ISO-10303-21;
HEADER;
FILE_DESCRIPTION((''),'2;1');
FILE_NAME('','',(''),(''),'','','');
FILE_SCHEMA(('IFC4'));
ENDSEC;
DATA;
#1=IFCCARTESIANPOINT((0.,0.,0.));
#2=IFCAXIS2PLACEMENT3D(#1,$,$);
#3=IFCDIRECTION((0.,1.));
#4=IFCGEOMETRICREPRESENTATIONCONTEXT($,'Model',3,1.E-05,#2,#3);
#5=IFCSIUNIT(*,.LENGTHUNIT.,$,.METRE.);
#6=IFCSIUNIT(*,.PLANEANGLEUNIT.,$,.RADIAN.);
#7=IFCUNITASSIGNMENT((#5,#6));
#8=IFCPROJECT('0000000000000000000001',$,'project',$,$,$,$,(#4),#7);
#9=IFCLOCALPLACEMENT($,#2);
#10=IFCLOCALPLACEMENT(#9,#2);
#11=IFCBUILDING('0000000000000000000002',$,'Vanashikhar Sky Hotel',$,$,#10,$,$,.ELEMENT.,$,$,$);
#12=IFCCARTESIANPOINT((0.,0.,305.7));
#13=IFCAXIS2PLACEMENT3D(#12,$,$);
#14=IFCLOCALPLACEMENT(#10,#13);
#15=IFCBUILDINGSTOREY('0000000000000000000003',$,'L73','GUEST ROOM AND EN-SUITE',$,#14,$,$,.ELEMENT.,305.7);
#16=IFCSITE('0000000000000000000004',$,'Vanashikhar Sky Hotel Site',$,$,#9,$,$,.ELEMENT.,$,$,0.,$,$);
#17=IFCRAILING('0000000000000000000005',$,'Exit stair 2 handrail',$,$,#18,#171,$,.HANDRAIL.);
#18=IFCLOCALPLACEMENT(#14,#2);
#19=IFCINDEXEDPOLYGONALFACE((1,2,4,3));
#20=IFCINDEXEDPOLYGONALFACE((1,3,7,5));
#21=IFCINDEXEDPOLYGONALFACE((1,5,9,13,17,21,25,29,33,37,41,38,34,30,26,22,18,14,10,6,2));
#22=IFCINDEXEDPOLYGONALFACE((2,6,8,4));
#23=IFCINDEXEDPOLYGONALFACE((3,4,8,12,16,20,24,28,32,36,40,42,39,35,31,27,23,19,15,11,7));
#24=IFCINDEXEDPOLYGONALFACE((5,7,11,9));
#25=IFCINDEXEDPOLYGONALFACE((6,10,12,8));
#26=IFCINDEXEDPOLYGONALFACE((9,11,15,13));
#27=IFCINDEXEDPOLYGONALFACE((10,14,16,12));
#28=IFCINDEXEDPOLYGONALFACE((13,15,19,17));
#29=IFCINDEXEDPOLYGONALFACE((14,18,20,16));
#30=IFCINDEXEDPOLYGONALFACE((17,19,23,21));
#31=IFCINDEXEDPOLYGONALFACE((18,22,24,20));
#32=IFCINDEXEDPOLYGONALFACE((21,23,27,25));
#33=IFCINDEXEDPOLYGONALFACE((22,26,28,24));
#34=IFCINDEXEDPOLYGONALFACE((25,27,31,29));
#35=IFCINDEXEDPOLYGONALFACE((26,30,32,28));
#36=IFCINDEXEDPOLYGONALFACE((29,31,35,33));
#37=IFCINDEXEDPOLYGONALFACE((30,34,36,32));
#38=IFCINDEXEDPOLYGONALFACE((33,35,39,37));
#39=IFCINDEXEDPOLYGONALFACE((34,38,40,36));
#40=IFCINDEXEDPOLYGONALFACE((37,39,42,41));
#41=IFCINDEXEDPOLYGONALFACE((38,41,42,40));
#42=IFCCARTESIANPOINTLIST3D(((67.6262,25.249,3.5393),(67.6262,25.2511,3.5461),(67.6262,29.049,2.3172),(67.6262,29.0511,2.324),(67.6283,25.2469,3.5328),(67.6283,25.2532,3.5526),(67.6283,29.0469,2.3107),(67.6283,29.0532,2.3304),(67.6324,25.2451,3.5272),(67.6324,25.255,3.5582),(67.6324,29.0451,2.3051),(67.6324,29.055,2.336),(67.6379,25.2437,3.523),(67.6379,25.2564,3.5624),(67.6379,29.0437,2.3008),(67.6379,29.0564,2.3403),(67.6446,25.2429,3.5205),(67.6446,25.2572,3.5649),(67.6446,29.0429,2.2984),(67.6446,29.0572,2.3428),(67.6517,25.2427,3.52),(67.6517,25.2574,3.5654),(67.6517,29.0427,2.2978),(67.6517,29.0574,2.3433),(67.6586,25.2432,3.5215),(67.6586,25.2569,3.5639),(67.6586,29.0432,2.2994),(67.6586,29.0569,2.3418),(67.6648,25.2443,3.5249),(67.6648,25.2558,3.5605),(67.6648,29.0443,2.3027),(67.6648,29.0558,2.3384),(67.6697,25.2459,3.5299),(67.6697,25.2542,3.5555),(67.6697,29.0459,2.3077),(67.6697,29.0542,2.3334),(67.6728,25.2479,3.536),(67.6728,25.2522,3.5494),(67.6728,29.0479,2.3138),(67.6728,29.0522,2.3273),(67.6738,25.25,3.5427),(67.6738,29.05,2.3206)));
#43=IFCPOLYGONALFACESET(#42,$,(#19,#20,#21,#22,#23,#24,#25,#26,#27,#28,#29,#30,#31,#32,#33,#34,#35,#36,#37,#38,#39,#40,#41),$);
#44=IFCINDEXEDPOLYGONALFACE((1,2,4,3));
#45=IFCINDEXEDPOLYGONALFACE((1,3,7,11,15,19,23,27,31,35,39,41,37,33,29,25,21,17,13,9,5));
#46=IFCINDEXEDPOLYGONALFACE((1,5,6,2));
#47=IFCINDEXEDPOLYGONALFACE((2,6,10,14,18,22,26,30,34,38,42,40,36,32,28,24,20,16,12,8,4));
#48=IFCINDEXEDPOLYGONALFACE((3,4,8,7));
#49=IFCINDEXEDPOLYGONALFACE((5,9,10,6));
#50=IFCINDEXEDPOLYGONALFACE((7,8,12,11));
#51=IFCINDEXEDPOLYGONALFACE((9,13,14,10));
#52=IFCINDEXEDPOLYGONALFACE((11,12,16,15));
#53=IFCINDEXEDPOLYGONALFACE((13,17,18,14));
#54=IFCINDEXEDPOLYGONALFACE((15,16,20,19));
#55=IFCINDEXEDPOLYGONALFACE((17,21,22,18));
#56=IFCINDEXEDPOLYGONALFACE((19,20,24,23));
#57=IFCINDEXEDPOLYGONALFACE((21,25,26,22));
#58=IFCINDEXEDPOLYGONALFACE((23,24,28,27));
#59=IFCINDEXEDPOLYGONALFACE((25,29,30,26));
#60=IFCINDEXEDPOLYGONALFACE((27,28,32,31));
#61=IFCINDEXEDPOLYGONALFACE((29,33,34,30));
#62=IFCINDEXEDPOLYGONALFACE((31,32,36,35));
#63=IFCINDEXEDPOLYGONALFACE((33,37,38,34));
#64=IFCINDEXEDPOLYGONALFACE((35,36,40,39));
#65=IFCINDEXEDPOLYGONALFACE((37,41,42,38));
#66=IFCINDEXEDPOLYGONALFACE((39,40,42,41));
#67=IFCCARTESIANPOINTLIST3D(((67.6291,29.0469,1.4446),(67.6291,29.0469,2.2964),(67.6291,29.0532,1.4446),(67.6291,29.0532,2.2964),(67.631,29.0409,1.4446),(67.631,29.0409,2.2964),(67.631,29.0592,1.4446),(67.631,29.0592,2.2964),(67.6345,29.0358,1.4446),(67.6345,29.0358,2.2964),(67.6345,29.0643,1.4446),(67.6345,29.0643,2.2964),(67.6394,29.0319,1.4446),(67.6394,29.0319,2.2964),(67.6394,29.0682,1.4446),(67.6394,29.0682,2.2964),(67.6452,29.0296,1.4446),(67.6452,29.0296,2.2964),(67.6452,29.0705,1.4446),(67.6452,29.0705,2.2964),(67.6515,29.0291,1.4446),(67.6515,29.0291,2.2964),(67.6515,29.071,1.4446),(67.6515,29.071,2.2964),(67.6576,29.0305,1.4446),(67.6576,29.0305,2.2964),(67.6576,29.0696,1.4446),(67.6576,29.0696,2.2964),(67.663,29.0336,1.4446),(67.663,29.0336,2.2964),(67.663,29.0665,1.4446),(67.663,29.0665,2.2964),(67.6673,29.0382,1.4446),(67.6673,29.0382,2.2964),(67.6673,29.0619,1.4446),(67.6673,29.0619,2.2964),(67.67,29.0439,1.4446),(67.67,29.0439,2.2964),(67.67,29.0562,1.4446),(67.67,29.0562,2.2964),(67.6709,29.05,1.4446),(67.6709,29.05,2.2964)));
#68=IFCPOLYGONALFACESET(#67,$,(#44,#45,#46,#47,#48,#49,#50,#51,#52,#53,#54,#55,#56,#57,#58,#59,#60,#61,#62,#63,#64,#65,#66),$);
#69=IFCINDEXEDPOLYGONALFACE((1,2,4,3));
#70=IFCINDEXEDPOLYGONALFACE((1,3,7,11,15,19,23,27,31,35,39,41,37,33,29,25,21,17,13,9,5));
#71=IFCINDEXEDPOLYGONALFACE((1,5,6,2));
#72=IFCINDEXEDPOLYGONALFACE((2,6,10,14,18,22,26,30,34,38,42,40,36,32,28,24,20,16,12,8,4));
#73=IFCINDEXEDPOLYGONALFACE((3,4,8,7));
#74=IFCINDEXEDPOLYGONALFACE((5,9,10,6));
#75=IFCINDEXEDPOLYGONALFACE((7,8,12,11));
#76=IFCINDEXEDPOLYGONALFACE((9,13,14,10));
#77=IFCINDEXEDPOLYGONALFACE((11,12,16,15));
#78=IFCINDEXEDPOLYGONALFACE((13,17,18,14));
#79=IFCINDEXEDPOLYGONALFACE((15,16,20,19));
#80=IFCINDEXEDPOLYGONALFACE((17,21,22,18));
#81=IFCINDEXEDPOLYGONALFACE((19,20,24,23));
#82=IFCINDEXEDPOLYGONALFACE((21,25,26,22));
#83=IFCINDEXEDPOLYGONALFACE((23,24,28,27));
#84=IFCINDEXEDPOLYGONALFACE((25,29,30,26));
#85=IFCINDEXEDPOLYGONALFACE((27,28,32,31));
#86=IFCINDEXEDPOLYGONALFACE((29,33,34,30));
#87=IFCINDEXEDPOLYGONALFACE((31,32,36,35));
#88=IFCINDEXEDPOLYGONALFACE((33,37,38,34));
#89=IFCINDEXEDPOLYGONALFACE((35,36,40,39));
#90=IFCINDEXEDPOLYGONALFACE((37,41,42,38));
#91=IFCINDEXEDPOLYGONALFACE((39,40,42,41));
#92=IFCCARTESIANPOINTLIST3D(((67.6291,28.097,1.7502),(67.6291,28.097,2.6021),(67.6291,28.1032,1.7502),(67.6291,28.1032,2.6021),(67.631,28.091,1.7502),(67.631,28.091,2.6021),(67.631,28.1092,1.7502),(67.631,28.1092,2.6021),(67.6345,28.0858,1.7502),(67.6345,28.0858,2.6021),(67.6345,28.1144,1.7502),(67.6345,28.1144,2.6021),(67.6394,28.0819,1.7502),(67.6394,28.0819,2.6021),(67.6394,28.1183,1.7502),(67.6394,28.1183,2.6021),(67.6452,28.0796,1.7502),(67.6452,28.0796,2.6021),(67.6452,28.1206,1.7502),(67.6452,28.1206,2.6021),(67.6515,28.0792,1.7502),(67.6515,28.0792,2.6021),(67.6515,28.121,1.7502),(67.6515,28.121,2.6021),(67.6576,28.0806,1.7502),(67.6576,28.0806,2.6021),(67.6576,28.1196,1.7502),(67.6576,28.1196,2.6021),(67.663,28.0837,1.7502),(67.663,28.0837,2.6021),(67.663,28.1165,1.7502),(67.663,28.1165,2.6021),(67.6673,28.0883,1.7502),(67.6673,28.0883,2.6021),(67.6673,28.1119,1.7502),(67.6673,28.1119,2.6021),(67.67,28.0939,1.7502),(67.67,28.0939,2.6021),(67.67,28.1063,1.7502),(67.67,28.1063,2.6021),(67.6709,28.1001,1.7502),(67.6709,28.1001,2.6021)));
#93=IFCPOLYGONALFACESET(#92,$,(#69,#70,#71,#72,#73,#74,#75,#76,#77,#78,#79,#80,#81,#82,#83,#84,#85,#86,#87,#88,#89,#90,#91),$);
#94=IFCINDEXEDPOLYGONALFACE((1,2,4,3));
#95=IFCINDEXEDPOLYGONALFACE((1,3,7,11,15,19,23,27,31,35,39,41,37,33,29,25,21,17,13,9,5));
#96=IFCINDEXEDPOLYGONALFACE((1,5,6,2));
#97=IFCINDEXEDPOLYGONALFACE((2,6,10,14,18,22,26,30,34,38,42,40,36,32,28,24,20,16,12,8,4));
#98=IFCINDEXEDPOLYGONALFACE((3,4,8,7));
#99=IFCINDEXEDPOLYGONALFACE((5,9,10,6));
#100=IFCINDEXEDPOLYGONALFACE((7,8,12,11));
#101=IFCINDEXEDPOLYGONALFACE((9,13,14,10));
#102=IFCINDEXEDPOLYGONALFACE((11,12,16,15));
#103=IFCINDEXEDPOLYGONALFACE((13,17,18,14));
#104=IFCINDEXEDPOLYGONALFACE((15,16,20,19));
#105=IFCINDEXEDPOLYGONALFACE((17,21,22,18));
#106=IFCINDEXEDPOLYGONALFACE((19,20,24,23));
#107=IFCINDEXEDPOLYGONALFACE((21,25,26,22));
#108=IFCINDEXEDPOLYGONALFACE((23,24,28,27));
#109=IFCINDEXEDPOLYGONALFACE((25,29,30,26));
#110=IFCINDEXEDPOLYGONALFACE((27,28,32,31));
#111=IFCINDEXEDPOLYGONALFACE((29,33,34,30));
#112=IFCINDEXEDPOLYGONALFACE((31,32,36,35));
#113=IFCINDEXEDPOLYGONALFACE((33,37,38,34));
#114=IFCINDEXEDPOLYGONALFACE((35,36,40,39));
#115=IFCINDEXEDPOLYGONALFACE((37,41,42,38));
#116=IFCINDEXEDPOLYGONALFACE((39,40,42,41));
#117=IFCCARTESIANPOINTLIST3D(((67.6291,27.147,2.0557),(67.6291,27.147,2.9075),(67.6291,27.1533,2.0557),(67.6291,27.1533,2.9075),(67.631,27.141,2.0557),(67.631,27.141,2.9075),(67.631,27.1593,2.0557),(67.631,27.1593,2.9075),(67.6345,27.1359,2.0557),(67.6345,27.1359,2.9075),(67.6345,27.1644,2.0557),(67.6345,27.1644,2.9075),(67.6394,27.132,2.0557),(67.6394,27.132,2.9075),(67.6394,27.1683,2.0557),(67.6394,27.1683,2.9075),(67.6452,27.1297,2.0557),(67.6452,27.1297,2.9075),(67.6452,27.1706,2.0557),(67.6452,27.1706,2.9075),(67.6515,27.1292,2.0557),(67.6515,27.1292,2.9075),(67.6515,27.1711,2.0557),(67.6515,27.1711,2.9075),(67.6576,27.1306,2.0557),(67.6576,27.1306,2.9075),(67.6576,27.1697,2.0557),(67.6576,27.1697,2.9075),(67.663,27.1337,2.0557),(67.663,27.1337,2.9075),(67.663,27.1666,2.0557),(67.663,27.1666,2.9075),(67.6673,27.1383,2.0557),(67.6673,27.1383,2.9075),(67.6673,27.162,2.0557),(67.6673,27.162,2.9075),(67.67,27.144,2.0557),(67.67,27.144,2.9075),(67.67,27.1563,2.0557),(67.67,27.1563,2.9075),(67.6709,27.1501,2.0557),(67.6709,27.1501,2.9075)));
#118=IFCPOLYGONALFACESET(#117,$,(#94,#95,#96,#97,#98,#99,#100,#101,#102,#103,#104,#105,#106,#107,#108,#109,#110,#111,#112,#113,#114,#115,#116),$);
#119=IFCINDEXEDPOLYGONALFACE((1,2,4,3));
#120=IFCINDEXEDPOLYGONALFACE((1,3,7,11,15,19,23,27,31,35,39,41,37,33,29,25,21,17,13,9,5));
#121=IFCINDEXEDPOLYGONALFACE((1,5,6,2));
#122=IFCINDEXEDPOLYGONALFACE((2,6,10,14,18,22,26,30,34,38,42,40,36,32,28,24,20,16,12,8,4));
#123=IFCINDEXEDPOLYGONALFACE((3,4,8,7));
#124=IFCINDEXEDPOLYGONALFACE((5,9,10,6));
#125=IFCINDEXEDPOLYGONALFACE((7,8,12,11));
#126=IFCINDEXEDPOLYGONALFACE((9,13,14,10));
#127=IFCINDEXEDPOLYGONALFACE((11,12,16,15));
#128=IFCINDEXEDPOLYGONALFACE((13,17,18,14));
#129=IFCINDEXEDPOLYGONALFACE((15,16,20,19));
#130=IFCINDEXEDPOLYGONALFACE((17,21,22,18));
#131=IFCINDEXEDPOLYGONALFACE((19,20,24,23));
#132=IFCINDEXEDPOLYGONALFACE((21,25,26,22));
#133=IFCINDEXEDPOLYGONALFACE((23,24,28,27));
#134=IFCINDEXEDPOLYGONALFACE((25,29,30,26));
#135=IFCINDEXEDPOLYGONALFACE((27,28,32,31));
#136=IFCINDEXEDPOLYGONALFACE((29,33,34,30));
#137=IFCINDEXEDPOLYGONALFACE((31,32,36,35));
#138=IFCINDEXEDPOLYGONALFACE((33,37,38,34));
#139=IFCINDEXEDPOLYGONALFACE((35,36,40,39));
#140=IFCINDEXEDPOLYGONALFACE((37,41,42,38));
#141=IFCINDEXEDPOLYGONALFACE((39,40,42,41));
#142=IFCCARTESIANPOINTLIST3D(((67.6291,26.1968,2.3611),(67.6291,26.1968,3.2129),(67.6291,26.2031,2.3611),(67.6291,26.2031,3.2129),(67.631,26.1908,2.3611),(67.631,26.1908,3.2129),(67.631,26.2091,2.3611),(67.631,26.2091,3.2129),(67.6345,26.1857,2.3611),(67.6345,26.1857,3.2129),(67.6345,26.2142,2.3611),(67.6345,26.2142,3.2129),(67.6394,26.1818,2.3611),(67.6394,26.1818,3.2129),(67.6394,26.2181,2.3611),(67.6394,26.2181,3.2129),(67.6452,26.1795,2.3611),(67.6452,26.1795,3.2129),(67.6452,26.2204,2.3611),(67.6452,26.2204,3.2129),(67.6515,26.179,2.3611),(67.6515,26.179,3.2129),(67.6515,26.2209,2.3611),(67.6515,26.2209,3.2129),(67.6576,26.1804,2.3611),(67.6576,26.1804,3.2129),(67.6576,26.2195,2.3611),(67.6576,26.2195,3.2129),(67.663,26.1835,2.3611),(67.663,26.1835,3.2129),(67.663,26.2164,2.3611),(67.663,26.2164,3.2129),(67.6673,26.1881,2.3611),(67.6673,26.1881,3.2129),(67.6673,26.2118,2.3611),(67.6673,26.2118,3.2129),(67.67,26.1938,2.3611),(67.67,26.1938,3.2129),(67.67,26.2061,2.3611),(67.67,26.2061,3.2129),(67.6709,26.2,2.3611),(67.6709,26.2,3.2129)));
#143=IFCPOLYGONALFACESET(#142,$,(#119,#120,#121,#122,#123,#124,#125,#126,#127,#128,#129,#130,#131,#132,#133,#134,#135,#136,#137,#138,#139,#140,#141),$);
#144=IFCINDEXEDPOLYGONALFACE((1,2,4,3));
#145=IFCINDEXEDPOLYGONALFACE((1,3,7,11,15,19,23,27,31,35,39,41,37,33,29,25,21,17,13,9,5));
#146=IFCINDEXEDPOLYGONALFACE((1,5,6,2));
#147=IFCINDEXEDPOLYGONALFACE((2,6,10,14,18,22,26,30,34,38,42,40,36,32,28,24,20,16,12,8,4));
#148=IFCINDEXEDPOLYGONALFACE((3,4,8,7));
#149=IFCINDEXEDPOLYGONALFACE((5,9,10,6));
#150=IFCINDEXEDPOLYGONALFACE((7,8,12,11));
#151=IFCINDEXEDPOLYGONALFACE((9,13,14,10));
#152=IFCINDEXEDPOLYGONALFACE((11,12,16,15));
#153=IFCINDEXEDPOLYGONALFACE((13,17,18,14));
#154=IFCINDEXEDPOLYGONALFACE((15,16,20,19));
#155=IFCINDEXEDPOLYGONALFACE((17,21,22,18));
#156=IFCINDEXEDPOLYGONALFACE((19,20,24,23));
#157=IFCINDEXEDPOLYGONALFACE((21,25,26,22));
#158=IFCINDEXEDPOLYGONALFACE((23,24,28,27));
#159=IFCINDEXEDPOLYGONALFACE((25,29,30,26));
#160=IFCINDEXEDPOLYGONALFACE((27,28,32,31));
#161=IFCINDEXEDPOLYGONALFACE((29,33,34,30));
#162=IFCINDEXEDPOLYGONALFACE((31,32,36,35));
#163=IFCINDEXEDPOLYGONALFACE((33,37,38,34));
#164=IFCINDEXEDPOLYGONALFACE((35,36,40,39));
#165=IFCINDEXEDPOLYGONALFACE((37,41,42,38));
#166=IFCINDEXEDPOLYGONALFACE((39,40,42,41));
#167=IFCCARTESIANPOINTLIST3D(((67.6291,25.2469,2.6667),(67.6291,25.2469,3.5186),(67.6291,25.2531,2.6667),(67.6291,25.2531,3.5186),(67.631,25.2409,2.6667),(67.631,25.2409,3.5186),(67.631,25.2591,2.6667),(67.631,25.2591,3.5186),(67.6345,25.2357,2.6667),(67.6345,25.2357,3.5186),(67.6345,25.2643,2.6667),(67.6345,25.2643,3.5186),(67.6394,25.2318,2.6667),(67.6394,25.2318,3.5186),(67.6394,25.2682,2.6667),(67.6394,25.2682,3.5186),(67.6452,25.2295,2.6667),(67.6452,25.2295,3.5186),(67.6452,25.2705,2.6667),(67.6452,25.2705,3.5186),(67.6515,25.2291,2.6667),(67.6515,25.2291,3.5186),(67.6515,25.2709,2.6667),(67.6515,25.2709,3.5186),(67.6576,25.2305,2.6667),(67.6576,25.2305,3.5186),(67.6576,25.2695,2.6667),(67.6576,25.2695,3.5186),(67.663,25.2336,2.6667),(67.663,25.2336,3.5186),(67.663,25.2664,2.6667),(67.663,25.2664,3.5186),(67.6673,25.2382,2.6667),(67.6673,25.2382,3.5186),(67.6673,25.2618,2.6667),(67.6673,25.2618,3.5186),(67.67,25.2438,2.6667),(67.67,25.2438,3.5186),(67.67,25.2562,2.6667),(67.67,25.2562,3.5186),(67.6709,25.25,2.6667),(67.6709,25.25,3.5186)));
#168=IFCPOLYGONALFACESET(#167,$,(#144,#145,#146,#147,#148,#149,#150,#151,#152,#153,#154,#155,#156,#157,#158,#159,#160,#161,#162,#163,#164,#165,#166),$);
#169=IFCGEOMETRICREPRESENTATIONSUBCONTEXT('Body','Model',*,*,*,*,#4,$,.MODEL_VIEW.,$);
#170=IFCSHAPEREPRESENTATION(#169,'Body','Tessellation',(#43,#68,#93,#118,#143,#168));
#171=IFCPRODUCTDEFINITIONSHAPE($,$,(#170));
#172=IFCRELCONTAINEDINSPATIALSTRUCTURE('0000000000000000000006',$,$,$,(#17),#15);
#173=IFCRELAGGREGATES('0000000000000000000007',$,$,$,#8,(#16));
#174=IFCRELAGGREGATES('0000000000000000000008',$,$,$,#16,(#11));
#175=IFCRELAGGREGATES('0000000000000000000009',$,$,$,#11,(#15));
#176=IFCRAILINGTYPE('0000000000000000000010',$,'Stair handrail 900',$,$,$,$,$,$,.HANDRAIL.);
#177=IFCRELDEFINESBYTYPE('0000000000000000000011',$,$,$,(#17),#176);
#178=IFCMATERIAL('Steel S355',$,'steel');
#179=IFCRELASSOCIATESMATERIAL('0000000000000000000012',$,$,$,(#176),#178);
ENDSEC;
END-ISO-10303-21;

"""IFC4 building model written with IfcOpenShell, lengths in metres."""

from ifc_helpers import new_model, si_unit, direction, frame, origin, origin_2d, place, context, subcontext, project, spatial, circle, extrude, source, transform, mapped, material, type_object, element, save


model = new_model("IFC4")

# Units and contexts
model_context = context("Model", 3, precision=1e-05, world=origin(), true_north=direction((0.0, 1.0)))
body_context = subcontext(model_context, "Body", "Model", "MODEL_VIEW")
ifc_project = project(units=[si_unit("LENGTHUNIT", "METRE"), si_unit("PLANEANGLEUNIT", "RADIAN")], contexts=[model_context])

# Site, building, storey
site_placement = place(None, origin())
site = spatial("IfcSite", under=ifc_project, at=site_placement, Name="Vanashikhar Sky Hotel Site", CompositionType="ELEMENT", RefElevation=0.0)
building_placement = place(site_placement, origin())
building = spatial("IfcBuilding", under=site, at=building_placement, Name="Vanashikhar Sky Hotel", CompositionType="ELEMENT")
storey_placement = place(building_placement, frame((0.0, 0.0, 305.7)))
storey = spatial("IfcBuildingStorey", under=building, at=storey_placement, Name="L73", Description="GUEST ROOM AND EN-SUITE", CompositionType="ELEMENT", Elevation=305.7)

# Railing
ifc_material_1 = material(Name="Steel S355", Category="steel")
railing_type_1 = type_object("IfcRailingType", Name="Stair handrail 900", PredefinedType="HANDRAIL", material=ifc_material_1)
shared_shape_1 = source(origin(), body_context, "Body", "SweptSolid", [
    extrude(circle(Radius=0.0239, at=origin_2d()), frame((0.0, 0.0, 0.876), z_axis=(0.0, -0.951976, 0.306173), x_axis=(1.0, 0.0, 0.0)), (0.0, 0.0, 1.0), 3.9917),
    extrude(circle(Radius=0.021, at=origin_2d()), origin(), (0.0, 0.0, 1.0), 0.8518),
    extrude(circle(Radius=0.021, at=origin_2d()), frame((0.0, -0.95, 0.3057)), (0.0, 0.0, 1.0), 0.8518),
    extrude(circle(Radius=0.021, at=origin_2d()), frame((0.0, -1.8999, 0.6111)), (0.0, 0.0, 1.0), 0.8518),
    extrude(circle(Radius=0.021, at=origin_2d()), frame((0.0, -2.8501, 0.9165)), (0.0, 0.0, 1.0), 0.8518),
    extrude(circle(Radius=0.021, at=origin_2d()), frame((0.0, -3.8, 1.2222)), (0.0, 0.0, 1.0), 0.8518),
])
railing_1_placement = place(storey_placement, frame((67.6499, 29.05, 1.4446)))
element("IfcRailing", 1, at=railing_1_placement, inside=storey, type_object=railing_type_1, Name="Exit stair 2 handrail", PredefinedType="HANDRAIL", context=body_context, shape_type="MappedRepresentation", body=[
    mapped(shared_shape_1, transform((0.0, 0.0, 0.0), scale=1.0)),
])

save(model, "model.ifc")
